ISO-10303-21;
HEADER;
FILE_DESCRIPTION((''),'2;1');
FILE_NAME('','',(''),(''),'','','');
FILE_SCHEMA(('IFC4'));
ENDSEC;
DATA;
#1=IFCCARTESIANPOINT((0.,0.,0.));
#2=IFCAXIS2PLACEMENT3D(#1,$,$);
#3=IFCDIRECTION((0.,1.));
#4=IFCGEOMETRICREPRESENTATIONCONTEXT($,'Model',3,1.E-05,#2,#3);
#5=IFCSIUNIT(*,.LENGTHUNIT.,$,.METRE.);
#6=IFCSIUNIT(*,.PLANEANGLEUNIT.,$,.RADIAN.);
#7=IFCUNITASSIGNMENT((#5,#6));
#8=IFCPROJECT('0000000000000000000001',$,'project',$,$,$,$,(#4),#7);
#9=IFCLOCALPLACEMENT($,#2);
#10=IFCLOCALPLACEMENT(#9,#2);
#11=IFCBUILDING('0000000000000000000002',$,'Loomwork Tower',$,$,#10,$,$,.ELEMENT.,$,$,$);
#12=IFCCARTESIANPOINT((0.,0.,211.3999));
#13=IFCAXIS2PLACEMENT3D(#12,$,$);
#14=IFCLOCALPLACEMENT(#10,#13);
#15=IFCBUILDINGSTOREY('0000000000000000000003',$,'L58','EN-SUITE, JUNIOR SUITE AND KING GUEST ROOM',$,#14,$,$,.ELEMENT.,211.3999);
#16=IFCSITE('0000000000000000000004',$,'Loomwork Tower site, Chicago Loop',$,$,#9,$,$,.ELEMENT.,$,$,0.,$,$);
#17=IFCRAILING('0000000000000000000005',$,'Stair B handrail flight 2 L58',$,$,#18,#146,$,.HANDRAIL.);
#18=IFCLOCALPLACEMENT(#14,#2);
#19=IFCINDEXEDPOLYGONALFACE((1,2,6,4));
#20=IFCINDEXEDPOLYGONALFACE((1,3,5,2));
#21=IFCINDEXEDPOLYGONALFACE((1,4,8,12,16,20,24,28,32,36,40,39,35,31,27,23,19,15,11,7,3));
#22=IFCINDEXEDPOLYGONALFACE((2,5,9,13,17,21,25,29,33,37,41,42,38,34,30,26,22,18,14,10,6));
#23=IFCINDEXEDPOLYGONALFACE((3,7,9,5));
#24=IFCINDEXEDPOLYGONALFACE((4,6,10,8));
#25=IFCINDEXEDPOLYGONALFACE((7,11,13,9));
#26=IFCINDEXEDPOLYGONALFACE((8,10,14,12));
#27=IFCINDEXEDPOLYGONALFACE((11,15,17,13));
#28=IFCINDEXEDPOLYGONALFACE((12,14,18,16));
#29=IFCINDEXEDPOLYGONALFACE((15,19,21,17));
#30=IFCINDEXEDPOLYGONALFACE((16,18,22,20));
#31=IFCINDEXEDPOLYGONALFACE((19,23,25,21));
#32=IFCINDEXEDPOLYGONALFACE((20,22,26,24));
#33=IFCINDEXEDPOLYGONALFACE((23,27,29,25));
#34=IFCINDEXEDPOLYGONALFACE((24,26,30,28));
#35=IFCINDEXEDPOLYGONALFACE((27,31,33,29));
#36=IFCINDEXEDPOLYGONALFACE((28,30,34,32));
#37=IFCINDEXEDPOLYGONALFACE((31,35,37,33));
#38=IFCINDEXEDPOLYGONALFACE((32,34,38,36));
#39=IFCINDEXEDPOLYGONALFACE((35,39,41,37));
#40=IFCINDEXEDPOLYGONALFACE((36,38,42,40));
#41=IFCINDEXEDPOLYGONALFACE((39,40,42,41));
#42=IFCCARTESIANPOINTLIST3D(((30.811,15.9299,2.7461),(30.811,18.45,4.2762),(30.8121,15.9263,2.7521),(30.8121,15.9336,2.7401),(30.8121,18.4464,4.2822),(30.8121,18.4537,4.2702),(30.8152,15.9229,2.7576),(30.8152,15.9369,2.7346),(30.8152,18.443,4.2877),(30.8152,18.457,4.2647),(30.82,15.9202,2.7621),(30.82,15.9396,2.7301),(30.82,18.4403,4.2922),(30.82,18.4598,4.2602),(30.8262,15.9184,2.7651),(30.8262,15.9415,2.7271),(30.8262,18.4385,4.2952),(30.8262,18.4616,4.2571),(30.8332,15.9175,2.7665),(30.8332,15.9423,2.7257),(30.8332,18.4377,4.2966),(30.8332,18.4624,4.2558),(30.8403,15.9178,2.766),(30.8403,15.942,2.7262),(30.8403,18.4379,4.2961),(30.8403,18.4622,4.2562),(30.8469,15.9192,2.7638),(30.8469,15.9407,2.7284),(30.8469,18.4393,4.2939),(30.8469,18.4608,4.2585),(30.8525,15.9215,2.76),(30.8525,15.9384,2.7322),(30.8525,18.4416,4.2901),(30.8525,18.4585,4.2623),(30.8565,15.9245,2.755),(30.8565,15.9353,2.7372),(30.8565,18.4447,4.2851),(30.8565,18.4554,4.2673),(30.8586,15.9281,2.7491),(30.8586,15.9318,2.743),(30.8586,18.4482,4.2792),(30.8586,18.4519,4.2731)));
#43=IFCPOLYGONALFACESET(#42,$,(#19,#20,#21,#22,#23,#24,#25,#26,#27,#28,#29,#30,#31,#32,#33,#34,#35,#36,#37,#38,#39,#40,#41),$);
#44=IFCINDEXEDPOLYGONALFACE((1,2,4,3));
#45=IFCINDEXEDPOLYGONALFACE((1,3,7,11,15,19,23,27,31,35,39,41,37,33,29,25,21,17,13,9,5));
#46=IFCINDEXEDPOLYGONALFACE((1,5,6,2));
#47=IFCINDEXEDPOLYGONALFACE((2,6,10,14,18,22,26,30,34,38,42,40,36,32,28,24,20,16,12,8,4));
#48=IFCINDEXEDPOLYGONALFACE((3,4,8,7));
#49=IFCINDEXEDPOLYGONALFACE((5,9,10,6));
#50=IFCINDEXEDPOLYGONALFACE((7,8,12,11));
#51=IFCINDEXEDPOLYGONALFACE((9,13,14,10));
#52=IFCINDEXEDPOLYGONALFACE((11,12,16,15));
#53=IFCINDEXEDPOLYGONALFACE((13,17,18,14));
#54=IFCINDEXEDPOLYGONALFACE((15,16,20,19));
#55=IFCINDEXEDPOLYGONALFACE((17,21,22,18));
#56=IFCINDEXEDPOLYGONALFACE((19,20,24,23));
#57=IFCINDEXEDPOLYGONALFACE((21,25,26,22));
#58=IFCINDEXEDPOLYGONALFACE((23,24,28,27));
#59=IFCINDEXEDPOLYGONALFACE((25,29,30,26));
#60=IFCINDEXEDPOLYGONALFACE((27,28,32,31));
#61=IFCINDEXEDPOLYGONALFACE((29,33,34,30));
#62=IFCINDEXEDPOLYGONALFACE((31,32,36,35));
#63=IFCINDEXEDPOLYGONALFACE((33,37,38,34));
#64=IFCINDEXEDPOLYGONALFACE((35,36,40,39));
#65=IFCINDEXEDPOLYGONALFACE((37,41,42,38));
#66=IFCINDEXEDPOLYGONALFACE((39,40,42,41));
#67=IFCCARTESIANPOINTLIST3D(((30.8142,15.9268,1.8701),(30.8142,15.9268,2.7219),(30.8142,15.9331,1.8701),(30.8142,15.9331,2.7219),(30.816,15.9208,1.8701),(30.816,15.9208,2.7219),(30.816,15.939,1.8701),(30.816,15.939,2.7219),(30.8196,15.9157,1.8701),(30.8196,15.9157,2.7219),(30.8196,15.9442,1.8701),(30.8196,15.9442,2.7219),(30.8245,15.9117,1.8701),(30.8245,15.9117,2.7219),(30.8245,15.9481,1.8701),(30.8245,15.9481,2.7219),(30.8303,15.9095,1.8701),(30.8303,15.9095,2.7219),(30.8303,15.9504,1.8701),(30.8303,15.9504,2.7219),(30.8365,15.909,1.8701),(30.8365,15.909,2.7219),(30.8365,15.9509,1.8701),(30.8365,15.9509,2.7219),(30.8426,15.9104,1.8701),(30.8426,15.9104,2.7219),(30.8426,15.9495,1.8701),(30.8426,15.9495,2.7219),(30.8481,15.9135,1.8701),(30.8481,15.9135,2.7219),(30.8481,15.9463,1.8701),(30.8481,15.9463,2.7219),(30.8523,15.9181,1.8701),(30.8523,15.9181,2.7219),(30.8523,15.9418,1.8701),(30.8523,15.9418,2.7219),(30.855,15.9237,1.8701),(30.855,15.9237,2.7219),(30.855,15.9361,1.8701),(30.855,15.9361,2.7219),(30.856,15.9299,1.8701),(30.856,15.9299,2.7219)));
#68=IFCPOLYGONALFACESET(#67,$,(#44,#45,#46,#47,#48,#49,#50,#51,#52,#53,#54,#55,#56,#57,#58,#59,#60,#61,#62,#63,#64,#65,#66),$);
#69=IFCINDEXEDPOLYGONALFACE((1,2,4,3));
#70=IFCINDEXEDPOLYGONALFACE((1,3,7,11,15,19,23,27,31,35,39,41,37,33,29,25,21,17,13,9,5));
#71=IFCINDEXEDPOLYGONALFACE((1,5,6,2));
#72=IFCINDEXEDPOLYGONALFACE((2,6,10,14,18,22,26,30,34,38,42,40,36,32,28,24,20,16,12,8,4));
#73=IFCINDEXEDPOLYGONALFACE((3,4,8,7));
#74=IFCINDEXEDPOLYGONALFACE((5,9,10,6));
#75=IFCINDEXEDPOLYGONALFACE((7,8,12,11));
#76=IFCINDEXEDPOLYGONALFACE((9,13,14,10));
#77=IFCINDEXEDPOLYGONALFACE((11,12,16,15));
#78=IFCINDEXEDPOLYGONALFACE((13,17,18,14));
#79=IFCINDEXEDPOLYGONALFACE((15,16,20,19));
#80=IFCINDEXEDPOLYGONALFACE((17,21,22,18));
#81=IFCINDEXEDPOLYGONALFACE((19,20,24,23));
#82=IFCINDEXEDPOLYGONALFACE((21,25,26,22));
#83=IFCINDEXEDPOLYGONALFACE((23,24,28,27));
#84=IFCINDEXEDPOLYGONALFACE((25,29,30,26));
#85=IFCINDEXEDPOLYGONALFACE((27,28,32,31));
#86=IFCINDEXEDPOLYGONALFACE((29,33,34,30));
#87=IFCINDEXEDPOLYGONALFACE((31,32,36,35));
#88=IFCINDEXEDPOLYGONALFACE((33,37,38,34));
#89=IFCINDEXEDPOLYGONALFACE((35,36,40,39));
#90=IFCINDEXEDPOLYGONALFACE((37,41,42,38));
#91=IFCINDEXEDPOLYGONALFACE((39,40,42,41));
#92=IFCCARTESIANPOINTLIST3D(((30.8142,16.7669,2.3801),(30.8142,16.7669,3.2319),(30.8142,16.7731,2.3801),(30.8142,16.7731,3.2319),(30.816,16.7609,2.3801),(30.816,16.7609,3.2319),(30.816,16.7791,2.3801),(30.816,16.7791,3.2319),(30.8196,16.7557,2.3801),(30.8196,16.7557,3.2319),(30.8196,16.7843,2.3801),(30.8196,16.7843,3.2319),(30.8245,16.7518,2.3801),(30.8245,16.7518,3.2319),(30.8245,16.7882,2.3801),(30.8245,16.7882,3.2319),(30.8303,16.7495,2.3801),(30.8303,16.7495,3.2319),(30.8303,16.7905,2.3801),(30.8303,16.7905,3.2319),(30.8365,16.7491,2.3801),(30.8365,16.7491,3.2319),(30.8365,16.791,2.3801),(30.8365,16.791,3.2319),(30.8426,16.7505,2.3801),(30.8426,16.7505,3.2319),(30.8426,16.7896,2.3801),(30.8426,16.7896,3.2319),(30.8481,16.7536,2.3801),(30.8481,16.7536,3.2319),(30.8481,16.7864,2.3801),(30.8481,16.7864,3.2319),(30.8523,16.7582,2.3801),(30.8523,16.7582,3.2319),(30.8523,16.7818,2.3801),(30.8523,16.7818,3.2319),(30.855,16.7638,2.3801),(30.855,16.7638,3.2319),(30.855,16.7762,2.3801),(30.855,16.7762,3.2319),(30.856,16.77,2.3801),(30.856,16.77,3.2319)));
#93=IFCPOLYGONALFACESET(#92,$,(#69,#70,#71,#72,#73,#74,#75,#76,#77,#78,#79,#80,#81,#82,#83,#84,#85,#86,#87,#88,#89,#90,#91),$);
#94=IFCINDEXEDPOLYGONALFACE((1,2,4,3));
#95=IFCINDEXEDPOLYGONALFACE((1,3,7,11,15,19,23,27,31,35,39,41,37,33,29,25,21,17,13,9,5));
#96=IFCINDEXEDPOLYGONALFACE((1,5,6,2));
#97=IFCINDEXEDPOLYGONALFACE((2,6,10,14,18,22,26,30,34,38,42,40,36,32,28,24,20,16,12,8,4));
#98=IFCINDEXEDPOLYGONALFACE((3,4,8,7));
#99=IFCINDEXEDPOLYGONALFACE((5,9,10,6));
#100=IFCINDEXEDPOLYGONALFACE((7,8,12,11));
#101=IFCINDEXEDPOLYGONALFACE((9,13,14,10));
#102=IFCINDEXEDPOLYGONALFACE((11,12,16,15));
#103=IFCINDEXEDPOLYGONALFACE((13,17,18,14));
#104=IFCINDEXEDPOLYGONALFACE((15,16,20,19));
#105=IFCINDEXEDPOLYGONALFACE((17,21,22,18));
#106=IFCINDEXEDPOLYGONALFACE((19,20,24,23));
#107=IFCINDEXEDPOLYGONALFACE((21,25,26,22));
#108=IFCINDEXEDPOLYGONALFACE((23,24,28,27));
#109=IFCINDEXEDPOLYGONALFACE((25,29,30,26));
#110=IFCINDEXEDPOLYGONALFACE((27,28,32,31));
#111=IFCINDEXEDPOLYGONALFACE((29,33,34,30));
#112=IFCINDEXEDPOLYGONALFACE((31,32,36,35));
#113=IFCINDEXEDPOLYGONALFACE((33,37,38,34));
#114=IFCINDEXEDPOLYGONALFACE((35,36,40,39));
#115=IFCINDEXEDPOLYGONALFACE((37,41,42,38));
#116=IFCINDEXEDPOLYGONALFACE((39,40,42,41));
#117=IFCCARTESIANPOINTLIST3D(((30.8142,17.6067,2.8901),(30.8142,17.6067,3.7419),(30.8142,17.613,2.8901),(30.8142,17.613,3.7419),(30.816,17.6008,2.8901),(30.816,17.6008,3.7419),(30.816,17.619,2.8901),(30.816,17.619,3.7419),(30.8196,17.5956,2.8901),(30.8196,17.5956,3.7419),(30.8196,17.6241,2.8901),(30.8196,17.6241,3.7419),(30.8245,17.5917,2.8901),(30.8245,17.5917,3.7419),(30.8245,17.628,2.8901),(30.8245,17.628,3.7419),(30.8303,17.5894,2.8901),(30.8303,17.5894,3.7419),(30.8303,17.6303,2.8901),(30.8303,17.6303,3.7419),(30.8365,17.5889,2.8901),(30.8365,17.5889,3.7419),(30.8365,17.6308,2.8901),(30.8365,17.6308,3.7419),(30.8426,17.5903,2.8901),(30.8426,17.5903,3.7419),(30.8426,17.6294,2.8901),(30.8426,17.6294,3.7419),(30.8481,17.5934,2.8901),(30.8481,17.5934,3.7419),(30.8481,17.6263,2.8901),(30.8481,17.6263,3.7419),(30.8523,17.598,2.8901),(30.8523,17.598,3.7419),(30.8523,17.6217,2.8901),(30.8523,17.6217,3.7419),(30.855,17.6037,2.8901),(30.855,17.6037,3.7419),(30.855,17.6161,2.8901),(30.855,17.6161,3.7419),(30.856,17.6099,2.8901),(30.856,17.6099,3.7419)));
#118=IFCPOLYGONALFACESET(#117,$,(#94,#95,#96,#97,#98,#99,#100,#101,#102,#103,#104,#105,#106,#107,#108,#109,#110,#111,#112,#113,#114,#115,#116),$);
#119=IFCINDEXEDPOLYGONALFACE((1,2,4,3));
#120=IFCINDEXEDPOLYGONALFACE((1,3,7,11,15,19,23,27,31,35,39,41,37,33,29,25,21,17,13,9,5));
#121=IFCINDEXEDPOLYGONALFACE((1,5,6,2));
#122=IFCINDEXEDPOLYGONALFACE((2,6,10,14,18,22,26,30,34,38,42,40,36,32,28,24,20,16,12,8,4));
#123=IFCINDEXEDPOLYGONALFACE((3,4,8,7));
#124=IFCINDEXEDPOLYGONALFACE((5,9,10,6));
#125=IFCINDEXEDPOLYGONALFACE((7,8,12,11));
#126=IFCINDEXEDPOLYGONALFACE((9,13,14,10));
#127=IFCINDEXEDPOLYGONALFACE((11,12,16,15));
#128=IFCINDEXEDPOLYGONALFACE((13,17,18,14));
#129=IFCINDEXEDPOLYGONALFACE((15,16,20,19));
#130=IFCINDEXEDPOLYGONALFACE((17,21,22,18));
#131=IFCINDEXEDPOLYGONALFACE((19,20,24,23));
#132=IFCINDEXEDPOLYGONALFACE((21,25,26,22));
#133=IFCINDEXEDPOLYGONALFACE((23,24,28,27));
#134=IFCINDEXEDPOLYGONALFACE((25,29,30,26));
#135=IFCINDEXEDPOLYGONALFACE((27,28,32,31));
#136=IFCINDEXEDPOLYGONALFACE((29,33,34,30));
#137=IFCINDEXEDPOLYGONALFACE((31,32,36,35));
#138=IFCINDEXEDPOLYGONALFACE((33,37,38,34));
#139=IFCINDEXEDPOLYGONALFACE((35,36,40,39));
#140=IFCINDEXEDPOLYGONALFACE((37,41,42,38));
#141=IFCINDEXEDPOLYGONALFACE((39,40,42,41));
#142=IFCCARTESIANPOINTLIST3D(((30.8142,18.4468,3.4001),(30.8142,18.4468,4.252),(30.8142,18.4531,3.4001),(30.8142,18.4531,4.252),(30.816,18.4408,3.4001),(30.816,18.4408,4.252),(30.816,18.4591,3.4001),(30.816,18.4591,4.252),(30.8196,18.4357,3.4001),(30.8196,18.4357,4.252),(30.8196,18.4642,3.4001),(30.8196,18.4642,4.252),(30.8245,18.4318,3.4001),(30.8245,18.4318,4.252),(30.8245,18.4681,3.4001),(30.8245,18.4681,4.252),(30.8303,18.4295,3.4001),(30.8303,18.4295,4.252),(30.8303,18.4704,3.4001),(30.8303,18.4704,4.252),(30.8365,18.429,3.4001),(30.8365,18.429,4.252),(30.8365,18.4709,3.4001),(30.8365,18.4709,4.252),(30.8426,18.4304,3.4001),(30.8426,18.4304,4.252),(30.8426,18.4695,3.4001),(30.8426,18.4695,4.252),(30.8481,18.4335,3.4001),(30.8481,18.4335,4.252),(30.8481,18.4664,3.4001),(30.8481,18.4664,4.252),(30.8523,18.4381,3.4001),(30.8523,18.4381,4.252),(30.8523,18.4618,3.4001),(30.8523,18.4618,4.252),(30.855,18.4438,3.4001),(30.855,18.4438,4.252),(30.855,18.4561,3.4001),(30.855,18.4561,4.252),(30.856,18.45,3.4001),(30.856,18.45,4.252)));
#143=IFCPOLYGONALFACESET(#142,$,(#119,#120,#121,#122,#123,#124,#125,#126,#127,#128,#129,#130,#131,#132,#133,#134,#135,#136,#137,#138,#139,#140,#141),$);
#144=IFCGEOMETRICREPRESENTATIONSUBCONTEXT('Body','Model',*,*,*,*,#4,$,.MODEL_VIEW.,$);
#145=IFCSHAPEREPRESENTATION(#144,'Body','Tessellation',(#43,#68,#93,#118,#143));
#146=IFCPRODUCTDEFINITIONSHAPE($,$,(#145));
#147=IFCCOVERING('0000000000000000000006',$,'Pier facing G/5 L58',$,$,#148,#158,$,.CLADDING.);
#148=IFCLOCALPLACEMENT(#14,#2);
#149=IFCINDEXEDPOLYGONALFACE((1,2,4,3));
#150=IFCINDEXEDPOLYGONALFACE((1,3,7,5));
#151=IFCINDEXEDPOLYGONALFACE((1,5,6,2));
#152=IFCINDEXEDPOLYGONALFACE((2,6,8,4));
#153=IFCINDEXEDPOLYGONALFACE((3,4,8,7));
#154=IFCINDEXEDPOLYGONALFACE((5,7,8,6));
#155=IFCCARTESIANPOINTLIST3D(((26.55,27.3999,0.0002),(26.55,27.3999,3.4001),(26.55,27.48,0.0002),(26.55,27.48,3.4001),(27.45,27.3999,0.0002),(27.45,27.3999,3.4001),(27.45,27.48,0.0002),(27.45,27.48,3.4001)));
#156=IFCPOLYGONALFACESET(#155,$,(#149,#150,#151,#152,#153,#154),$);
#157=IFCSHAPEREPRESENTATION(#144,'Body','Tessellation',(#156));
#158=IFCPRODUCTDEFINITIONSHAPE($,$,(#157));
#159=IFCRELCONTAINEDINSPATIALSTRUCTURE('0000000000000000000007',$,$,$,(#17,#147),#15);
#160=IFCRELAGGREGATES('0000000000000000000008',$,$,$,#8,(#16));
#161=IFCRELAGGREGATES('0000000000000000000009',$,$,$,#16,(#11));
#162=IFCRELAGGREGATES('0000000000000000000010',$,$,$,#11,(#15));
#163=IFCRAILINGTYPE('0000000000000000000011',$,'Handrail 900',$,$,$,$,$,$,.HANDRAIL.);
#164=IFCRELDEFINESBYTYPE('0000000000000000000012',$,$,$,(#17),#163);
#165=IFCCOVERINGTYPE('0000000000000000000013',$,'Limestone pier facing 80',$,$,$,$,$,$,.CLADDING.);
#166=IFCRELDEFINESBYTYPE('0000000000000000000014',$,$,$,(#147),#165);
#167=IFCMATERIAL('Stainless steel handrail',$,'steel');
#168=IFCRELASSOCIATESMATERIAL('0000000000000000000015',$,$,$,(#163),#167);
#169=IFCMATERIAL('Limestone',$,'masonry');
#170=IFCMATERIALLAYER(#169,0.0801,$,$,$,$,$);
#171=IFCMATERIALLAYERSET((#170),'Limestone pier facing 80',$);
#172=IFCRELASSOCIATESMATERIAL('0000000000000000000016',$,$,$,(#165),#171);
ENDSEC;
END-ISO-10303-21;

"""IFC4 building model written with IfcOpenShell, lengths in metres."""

from ifc_helpers import new_model, si_unit, direction, frame, origin, origin_2d, place, context, subcontext, project, spatial, rectangle, circle, extrude, material, layer, layer_set, type_object, element, save


model = new_model("IFC4")

# Units and contexts
model_context = context("Model", 3, precision=1e-05, world=origin(), true_north=direction((0.0, 1.0)))
body_context = subcontext(model_context, "Body", "Model", "MODEL_VIEW")
ifc_project = project(units=[si_unit("LENGTHUNIT", "METRE"), si_unit("PLANEANGLEUNIT", "RADIAN")], contexts=[model_context])

# Site, building, storey
site_placement = place(None, origin())
site = spatial("IfcSite", under=ifc_project, at=site_placement, Name="Loomwork Tower site, Chicago Loop", CompositionType="ELEMENT", RefElevation=0.0)
building_placement = place(site_placement, origin())
building = spatial("IfcBuilding", under=site, at=building_placement, Name="Loomwork Tower", CompositionType="ELEMENT")
storey_placement = place(building_placement, frame((0.0, 0.0, 211.3999)))
storey = spatial("IfcBuildingStorey", under=building, at=storey_placement, Name="L58", Description="EN-SUITE, JUNIOR SUITE AND KING GUEST ROOM", CompositionType="ELEMENT", Elevation=211.3999)

# Railing
ifc_material_1 = material(Name="Stainless steel handrail", Category="steel")
railing_type = type_object("IfcRailingType", Name="Handrail 900", PredefinedType="HANDRAIL", material=ifc_material_1)
railing_placement = place(storey_placement, frame((30.835, 15.9299, 1.8701)))
element("IfcRailing", 1, at=railing_placement, inside=storey, type_object=railing_type, Name="Stair B handrail flight 2 L58", PredefinedType="HANDRAIL", context=body_context, shape_type="SweptSolid", body=[
    extrude(circle(Radius=0.0239, at=origin_2d()), frame((0.0, 0.0, 0.876), z_axis=(0.0, 0.854785, 0.518982), x_axis=(-1.0, 0.0, 0.0)), (0.0, 0.0, 1.0), 2.9482),
    extrude(circle(Radius=0.021, at=origin_2d()), origin(), (0.0, 0.0, 1.0), 0.8518),
    extrude(circle(Radius=0.021, at=origin_2d()), frame((0.0, 0.8401, 0.51)), (0.0, 0.0, 1.0), 0.8518),
    extrude(circle(Radius=0.021, at=origin_2d()), frame((0.0, 1.6799, 1.02)), (0.0, 0.0, 1.0), 0.8518),
    extrude(circle(Radius=0.021, at=origin_2d()), frame((0.0, 2.52, 1.53)), (0.0, 0.0, 1.0), 0.8518),
])

# Covering
ifc_material_2 = material(Name="Limestone", Category="masonry")
ifc_layer_1 = layer(ifc_material_2, 0.0801)
ifc_layer_set_1 = layer_set([ifc_layer_1], Name="Limestone pier facing 80")
covering_type = type_object("IfcCoveringType", Name="Limestone pier facing 80", PredefinedType="CLADDING", material=ifc_layer_set_1)
covering_placement = place(storey_placement, frame((27.0, 27.4399, 0.0002), z_axis=(0.0, 0.0, 1.0), x_axis=(1.0, 0.0, 0.0)))
element("IfcCovering", 2, at=covering_placement, inside=storey, type_object=covering_type, Name="Pier facing G/5 L58", PredefinedType="CLADDING", context=body_context, shape_type="SweptSolid", body=[
    extrude(rectangle(XDim=0.8999, YDim=0.0801, at=origin_2d()), origin(), (0.0, 0.0, 1.0), 3.3999),
])

save(model, "model.ifc")
